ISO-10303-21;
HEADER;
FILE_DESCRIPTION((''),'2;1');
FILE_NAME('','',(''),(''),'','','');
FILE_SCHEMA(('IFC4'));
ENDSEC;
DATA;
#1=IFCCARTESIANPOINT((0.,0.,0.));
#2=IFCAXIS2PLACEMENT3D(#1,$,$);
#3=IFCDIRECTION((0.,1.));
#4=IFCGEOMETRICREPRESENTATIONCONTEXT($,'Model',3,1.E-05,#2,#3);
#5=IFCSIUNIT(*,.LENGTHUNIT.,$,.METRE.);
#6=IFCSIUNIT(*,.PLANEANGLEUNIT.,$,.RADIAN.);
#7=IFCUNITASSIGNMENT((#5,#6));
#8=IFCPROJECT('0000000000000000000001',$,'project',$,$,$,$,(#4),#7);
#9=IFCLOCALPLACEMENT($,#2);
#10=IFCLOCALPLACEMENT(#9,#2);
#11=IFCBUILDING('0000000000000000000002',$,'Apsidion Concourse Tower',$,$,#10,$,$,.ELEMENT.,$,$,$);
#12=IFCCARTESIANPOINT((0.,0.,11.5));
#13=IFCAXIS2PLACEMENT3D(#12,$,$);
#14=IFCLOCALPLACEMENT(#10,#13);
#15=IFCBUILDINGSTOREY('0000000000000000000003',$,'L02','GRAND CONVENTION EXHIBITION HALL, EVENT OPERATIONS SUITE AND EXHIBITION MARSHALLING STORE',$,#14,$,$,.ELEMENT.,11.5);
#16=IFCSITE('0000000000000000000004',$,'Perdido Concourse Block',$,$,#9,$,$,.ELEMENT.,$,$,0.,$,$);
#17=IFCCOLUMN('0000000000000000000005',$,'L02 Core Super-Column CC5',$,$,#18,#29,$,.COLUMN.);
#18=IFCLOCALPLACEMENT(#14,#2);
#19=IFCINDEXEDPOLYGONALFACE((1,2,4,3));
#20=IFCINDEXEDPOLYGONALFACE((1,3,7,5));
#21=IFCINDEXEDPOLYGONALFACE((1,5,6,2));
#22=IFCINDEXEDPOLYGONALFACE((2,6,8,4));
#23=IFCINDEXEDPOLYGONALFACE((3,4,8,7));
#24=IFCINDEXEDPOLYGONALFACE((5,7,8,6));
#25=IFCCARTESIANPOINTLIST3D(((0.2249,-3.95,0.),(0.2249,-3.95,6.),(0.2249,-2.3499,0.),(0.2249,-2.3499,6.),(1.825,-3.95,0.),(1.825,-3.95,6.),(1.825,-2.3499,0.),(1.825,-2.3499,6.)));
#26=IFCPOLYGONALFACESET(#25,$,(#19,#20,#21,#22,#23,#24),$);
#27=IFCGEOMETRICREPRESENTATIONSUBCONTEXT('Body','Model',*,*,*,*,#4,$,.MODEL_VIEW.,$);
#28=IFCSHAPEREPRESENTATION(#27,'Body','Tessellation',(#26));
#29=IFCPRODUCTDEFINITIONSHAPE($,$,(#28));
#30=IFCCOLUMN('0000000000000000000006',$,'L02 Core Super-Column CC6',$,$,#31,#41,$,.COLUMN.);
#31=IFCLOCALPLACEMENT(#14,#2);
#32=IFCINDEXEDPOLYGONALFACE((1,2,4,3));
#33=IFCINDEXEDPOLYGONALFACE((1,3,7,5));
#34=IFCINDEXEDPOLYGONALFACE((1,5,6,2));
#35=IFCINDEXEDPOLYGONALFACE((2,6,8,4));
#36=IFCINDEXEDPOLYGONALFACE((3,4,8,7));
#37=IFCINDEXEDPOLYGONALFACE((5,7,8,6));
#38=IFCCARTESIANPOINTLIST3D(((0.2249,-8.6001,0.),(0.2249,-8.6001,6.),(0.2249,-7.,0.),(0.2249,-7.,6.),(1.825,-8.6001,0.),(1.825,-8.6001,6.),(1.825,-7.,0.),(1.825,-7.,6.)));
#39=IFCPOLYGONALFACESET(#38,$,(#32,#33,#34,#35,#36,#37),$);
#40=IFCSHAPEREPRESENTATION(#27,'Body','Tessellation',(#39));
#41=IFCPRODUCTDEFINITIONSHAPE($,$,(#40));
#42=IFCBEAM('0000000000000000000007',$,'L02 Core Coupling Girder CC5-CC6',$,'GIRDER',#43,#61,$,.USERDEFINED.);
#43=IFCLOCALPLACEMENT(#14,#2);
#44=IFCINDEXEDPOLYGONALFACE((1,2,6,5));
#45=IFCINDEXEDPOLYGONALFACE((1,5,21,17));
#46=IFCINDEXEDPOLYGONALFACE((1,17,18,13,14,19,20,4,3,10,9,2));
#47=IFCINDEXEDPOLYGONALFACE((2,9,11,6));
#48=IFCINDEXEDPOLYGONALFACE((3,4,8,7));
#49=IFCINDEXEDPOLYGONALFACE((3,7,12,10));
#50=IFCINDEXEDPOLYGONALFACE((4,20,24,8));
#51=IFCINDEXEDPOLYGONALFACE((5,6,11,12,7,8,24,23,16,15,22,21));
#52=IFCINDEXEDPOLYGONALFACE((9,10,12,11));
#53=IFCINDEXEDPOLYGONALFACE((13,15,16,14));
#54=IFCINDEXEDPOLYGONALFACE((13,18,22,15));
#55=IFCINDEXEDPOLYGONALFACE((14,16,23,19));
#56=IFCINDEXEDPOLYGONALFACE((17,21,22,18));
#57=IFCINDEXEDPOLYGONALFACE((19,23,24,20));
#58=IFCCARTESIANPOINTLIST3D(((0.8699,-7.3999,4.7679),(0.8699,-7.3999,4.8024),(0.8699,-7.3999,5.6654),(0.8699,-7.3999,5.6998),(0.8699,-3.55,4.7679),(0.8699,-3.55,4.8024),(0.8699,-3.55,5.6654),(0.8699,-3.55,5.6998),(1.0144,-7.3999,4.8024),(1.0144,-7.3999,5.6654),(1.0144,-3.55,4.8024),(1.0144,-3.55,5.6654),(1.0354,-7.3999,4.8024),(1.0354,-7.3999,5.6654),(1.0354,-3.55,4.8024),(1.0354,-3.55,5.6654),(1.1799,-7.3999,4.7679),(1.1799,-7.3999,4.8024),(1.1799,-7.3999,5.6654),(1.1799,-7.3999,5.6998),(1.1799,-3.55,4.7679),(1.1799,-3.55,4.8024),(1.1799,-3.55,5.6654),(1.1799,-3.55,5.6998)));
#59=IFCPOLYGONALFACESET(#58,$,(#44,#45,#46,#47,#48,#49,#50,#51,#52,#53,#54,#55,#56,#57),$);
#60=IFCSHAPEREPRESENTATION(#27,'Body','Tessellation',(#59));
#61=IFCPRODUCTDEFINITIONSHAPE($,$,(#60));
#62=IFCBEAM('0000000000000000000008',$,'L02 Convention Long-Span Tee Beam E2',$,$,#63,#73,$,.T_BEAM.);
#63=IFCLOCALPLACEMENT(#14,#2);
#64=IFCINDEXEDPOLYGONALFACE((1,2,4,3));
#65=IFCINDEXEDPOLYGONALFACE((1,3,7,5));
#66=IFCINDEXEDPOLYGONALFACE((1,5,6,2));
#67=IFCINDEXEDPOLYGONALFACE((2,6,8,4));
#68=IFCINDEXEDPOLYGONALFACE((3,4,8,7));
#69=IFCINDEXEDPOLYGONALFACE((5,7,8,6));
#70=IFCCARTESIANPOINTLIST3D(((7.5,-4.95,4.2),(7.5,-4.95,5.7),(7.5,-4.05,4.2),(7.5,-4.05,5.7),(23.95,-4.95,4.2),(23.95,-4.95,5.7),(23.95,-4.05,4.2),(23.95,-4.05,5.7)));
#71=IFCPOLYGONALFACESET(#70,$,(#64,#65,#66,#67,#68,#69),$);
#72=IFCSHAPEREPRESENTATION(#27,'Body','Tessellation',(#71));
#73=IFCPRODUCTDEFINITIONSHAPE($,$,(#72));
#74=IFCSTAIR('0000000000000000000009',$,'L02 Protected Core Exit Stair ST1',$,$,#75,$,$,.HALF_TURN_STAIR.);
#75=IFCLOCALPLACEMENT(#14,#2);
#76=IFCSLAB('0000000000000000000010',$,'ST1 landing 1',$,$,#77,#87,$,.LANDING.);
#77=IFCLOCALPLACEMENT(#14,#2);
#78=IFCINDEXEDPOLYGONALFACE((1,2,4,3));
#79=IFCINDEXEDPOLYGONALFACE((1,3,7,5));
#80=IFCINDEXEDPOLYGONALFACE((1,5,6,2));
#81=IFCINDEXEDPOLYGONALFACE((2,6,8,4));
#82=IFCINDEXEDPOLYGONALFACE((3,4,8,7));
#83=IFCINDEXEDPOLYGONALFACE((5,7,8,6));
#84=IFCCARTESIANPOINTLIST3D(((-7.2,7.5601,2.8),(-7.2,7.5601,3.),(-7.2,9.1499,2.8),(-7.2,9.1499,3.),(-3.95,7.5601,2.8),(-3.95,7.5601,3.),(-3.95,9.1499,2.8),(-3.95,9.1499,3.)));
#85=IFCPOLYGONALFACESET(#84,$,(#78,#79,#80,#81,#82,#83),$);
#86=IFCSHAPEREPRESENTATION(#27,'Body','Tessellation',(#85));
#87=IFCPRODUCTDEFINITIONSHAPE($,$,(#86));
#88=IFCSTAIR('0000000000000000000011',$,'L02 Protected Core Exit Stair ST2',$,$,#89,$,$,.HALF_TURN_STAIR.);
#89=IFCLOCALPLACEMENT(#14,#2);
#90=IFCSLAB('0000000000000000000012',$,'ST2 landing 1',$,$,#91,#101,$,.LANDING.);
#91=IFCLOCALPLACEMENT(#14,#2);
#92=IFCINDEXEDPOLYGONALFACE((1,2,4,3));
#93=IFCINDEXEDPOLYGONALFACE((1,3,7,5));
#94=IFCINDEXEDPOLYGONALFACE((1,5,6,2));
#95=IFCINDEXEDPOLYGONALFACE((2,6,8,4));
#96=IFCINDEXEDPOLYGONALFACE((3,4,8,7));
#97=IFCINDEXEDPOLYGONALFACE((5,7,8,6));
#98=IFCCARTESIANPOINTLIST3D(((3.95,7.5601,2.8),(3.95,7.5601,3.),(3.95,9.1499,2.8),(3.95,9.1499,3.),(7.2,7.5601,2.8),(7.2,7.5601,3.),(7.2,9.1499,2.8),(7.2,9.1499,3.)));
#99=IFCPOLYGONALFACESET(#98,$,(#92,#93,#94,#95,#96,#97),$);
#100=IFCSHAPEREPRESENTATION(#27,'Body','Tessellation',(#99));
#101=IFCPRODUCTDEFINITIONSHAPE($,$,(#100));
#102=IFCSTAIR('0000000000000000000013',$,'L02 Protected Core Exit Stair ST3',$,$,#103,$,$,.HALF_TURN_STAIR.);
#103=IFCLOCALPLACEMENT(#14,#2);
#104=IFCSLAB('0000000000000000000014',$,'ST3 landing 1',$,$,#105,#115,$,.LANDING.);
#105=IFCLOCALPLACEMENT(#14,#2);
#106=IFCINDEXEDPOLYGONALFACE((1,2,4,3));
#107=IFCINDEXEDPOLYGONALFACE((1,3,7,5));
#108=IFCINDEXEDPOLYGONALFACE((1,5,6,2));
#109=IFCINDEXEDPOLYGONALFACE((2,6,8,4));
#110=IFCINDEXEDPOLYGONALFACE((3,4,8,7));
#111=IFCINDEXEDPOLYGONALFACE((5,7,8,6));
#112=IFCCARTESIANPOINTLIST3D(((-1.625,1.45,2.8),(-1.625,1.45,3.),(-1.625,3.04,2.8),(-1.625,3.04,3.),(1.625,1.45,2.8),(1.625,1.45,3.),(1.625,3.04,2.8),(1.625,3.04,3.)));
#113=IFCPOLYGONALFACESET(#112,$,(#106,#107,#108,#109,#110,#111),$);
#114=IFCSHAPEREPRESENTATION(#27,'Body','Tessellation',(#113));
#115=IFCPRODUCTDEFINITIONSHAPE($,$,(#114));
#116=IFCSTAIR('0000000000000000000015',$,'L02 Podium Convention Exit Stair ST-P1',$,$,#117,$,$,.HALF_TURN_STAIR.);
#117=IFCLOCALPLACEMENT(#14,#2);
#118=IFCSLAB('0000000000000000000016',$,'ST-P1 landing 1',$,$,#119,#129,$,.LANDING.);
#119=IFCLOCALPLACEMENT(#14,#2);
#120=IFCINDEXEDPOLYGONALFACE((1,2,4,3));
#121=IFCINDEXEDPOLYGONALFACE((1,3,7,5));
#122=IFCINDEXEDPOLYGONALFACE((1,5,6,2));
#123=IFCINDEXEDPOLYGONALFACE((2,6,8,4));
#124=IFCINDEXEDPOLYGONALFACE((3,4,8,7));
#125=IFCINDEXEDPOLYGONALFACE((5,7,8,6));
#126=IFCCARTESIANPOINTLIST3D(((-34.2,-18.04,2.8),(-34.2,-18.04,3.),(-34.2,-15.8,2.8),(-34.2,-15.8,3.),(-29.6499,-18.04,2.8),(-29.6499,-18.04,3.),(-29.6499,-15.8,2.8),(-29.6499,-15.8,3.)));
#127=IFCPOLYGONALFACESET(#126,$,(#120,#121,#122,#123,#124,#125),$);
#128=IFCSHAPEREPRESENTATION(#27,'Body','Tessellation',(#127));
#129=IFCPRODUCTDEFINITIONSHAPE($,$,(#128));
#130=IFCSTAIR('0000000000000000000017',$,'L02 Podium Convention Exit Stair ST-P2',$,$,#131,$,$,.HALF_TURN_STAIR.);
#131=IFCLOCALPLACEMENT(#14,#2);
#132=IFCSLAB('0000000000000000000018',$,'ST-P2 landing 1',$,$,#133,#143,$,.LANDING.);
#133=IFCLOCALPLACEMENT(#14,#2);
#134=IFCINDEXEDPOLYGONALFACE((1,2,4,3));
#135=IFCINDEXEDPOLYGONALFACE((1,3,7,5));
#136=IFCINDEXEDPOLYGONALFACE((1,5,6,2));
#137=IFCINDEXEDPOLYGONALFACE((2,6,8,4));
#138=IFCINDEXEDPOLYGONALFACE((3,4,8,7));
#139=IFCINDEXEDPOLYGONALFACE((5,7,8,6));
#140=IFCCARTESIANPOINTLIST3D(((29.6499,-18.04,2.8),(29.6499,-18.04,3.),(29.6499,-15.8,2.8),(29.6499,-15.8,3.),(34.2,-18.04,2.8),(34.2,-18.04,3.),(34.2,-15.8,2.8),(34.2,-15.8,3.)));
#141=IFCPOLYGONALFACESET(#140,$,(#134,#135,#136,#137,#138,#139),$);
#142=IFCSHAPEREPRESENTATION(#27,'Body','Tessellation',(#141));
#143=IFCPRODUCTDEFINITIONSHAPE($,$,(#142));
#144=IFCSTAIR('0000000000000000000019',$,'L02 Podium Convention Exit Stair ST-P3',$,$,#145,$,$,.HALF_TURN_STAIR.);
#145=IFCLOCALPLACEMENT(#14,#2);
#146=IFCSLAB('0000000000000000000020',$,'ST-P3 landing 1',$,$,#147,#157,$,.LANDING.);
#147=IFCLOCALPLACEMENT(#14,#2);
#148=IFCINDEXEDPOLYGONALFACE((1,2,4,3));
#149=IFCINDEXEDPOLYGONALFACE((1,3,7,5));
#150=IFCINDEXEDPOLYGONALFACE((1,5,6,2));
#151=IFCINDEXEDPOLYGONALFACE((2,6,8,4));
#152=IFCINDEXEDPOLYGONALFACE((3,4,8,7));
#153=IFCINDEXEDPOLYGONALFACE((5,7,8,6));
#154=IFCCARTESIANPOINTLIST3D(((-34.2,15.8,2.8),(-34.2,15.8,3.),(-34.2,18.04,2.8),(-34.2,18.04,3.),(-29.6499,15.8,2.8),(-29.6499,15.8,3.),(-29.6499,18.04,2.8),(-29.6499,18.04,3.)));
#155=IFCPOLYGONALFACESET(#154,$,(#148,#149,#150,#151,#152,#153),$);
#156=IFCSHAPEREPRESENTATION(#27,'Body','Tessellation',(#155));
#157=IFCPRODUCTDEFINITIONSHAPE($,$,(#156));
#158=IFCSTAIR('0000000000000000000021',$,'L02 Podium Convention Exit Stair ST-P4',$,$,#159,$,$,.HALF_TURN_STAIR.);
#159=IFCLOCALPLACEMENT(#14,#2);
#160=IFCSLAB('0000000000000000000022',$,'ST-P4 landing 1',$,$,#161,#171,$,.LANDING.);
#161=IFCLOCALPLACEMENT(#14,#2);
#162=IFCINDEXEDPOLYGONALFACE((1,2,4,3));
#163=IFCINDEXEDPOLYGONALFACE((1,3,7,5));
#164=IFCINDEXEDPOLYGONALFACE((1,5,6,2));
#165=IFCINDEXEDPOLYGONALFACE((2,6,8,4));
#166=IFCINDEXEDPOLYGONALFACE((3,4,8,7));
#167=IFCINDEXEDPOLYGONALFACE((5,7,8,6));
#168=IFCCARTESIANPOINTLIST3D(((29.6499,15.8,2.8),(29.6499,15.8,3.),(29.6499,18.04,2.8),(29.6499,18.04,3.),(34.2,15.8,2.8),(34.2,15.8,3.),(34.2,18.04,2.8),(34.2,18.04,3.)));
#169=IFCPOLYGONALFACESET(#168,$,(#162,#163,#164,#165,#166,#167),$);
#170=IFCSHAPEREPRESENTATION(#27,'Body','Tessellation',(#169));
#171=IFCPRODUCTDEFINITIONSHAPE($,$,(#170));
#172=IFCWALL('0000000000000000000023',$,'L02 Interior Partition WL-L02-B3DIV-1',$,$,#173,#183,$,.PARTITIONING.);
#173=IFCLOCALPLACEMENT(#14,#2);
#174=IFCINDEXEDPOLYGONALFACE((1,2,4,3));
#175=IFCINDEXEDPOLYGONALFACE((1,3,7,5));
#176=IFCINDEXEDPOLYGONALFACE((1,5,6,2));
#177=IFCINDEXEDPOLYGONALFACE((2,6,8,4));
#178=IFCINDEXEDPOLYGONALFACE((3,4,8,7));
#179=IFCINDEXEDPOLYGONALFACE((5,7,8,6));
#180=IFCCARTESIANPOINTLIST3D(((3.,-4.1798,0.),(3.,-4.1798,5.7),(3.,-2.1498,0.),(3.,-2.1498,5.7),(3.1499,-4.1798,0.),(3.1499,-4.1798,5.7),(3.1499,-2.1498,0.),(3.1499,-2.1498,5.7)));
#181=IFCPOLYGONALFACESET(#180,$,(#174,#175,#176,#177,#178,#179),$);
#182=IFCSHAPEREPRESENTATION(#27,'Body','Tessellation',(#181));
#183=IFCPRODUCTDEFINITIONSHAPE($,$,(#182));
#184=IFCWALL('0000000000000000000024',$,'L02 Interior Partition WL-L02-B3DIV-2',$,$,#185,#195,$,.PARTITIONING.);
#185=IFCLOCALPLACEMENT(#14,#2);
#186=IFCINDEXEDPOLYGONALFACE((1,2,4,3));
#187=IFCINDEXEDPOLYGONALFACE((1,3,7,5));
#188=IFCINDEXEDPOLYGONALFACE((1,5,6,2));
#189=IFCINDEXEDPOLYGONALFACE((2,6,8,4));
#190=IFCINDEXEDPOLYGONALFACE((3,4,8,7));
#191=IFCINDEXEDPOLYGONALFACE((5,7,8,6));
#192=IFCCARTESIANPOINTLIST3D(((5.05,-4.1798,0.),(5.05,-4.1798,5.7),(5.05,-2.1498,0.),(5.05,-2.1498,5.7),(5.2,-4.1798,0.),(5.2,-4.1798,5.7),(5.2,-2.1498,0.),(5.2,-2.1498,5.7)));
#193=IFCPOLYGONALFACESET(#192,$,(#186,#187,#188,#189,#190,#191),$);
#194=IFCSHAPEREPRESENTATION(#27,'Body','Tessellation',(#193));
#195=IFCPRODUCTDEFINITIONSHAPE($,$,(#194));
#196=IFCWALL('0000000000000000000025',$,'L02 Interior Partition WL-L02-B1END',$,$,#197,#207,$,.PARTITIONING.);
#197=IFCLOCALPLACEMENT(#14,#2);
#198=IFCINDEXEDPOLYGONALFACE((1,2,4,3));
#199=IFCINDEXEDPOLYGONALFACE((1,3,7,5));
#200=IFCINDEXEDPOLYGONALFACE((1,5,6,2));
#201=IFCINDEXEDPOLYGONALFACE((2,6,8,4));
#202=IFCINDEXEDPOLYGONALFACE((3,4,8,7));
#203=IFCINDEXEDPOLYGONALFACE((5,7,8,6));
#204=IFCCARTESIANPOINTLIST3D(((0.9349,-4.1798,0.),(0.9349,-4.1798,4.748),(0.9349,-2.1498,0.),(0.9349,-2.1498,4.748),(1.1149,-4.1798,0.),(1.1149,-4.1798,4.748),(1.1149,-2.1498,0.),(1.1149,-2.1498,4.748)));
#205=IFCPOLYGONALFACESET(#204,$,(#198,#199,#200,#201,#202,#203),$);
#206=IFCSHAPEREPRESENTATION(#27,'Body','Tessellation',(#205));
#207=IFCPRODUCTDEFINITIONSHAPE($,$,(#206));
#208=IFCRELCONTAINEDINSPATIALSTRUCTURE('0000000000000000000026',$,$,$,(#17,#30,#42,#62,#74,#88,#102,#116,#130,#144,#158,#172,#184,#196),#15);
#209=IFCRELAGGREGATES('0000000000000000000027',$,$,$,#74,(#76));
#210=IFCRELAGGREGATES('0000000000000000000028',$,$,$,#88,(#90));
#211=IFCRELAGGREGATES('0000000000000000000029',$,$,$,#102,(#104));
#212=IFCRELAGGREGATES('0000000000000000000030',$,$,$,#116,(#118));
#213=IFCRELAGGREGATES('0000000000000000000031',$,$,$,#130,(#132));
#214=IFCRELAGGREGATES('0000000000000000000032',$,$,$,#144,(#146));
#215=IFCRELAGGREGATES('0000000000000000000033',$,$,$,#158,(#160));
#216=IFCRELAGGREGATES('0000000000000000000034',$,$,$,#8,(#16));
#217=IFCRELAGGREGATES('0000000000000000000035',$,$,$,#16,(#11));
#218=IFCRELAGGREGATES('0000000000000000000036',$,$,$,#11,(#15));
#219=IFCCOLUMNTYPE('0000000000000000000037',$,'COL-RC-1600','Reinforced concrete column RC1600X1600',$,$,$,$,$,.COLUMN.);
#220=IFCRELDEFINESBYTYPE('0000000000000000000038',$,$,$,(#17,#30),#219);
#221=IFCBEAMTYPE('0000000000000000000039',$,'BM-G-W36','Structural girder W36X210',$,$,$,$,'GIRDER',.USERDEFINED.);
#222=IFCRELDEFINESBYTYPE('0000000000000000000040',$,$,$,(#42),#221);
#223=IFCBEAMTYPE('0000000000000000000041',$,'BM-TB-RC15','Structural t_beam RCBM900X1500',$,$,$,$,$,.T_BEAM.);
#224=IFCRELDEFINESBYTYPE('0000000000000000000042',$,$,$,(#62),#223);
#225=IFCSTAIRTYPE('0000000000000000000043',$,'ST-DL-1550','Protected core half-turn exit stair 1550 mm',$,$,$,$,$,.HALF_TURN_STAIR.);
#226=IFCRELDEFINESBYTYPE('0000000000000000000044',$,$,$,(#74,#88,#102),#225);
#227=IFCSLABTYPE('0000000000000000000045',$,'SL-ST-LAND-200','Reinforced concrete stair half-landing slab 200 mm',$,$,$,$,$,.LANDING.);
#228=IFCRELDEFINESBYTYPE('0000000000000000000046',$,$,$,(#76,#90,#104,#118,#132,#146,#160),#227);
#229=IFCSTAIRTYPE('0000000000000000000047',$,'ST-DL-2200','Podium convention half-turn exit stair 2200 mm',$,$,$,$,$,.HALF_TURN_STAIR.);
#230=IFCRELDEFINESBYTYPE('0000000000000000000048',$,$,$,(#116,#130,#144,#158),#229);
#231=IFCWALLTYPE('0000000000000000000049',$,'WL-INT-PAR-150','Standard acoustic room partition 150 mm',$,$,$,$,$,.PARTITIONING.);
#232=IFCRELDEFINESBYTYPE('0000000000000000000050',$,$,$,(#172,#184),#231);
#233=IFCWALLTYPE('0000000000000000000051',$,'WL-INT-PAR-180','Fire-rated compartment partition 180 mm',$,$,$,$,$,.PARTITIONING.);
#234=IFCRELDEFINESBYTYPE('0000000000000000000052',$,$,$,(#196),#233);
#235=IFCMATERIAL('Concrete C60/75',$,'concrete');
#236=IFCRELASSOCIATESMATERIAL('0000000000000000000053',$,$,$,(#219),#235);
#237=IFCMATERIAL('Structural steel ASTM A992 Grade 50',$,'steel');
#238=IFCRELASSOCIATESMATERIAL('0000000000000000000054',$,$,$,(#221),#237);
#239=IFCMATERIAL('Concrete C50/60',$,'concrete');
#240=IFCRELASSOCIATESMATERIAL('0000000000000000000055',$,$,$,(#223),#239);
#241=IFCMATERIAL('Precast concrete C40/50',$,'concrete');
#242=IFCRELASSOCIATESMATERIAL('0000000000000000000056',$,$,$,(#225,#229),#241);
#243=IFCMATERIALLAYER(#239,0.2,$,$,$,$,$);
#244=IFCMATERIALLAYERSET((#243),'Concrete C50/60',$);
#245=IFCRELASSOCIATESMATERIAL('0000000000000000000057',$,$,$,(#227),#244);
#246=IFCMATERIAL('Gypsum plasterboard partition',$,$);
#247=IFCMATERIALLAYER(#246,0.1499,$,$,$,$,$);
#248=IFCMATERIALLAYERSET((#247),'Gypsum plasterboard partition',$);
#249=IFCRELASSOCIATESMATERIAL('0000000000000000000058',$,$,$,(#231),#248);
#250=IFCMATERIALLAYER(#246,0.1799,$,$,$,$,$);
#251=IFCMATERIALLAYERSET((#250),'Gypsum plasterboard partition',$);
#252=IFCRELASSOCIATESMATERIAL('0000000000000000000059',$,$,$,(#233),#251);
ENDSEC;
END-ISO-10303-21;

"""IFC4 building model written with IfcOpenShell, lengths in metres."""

from ifc_helpers import new_model, si_unit, direction, frame, frame_2d, origin, origin_2d, place, context, subcontext, project, spatial, polyline, rectangle, i_section, outline, extrude, material, layer, layer_set, material_profile, profile_set, type_object, element, aggregate, save


model = new_model("IFC4")

# Units and contexts
model_context = context("Model", 3, precision=1e-05, world=origin(), true_north=direction((0.0, 1.0)))
body_context = subcontext(model_context, "Body", "Model", "MODEL_VIEW")
ifc_project = project(units=[si_unit("LENGTHUNIT", "METRE"), si_unit("PLANEANGLEUNIT", "RADIAN")], contexts=[model_context])

# Site, building, storey
site_placement = place(None, origin())
site = spatial("IfcSite", under=ifc_project, at=site_placement, Name="Perdido Concourse Block", CompositionType="ELEMENT", RefElevation=0.0)
building_placement = place(site_placement, origin())
building = spatial("IfcBuilding", under=site, at=building_placement, Name="Apsidion Concourse Tower", CompositionType="ELEMENT")
storey_placement = place(building_placement, frame((0.0, 0.0, 11.5)))
storey = spatial("IfcBuildingStorey", under=building, at=storey_placement, Name="L02", Description="GRAND CONVENTION EXHIBITION HALL, EVENT OPERATIONS SUITE AND EXHIBITION MARSHALLING STORE", CompositionType="ELEMENT", Elevation=11.5)

# Columns
ifc_material_1 = material(Name="Concrete C60/75", Category="concrete")
ifc_material_profile_1 = material_profile(ifc_material_1, rectangle(XDim=1.6001, YDim=1.6001, at=origin_2d()), Name="RC 1600x1600")
ifc_profile_set_1 = profile_set([ifc_material_profile_1], Name="Concrete C60/75")
column_type = type_object("IfcColumnType", Name="COL-RC-1600", Description="Reinforced concrete column RC1600X1600", PredefinedType="COLUMN", material=ifc_profile_set_1)
for number, where, z_axis, x_axis, name in (
    (1, (1.0249, -3.1499, 0.0), (0.0, 0.0, 1.0), (1.0, 0.0, 0.0), "L02 Core Super-Column CC5"),
    (2, (1.0249, -7.8, 0.0), (0.0, 0.0, 1.0), (1.0, 0.0, 0.0), "L02 Core Super-Column CC6"),
):
    element("IfcColumn", number, at=place(storey_placement, frame(where, z_axis=z_axis, x_axis=x_axis)), inside=storey, type_object=column_type, Name=name, PredefinedType="COLUMN", context=body_context, shape_type="SweptSolid", body=[
        extrude(rectangle(XDim=1.6001, YDim=1.6001, at=origin_2d()), origin(), (0.0, 0.0, 1.0), 6.0),
    ])

# Beams
ifc_material_2 = material(Name="Structural steel ASTM A992 Grade 50", Category="steel")
ifc_material_profile_2 = material_profile(ifc_material_2, i_section(OverallWidth=0.3101, OverallDepth=0.9319, WebThickness=0.021, FlangeThickness=0.0344, at=origin_2d()), Name="W36X210")
ifc_profile_set_2 = profile_set([ifc_material_profile_2], Name="Structural steel ASTM A992 Grade 50")
beam_type_1 = type_object("IfcBeamType", Name="BM-G-W36", Description="Structural girder W36X210", ElementType="GIRDER", PredefinedType="USERDEFINED", material=ifc_profile_set_2)
beam_1_placement = place(storey_placement, frame((1.0249, -3.55, 5.2339), z_axis=(0.0, -1.0, 0.0), x_axis=(1.0, 0.0, 0.0)))
element("IfcBeam", 3, at=beam_1_placement, inside=storey, type_object=beam_type_1, Name="L02 Core Coupling Girder CC5-CC6", ObjectType="GIRDER", PredefinedType="USERDEFINED", context=body_context, shape_type="SweptSolid", body=[
    extrude(i_section(OverallWidth=0.3101, OverallDepth=0.9319, WebThickness=0.021, FlangeThickness=0.0344, at=origin_2d()), origin(), (0.0, 0.0, 1.0), 3.8499),
])
ifc_material_3 = material(Name="Concrete C50/60", Category="concrete")
ifc_material_profile_3 = material_profile(ifc_material_3, rectangle(XDim=0.8999, YDim=1.5, at=origin_2d()), Name="RC 900x1500")
ifc_profile_set_3 = profile_set([ifc_material_profile_3], Name="Concrete C50/60")
beam_type_2 = type_object("IfcBeamType", Name="BM-TB-RC15", Description="Structural t_beam RCBM900X1500", PredefinedType="T_BEAM", material=ifc_profile_set_3)
beam_2_placement = place(storey_placement, frame((7.5, -4.5, 4.95), z_axis=(1.0, 0.0, 0.0), x_axis=(0.0, 1.0, 0.0)))
element("IfcBeam", 4, at=beam_2_placement, inside=storey, type_object=beam_type_2, Name="L02 Convention Long-Span Tee Beam E2", PredefinedType="T_BEAM", context=body_context, shape_type="SweptSolid", body=[
    extrude(rectangle(XDim=0.8999, YDim=1.5, at=origin_2d()), origin(), (0.0, 0.0, 1.0), 16.45),
])

# Stairs, slabs
ifc_material_4 = material(Name="Precast concrete C40/50", Category="concrete")
stair_type_1 = type_object("IfcStairType", Name="ST-DL-1550", Description="Protected core half-turn exit stair 1550 mm", PredefinedType="HALF_TURN_STAIR", material=ifc_material_4)
stair_1_placement = place(storey_placement, origin())
stair_1 = element("IfcStair", 5, at=stair_1_placement, inside=storey, type_object=stair_type_1, Name="L02 Protected Core Exit Stair ST1", PredefinedType="HALF_TURN_STAIR")
ifc_layer_1 = layer(ifc_material_3, 0.2)
ifc_layer_set_1 = layer_set([ifc_layer_1], Name="Concrete C50/60")
slab_type = type_object("IfcSlabType", Name="SL-ST-LAND-200", Description="Reinforced concrete stair half-landing slab 200 mm", PredefinedType="LANDING", material=ifc_layer_set_1)
slab_1_placement = place(storey_placement, frame((0.0, 0.0, 2.8)))
slab_1 = element("IfcSlab", 6, at=slab_1_placement, type_object=slab_type, Name="ST1 landing 1", PredefinedType="LANDING", context=body_context, shape_type="SweptSolid", body=[
    extrude(outline(polyline([(-3.95, 7.5601), (-3.95, 9.1499), (-7.2, 9.1499), (-7.2, 7.5601), (-3.95, 7.5601)])), origin(), (0.0, 0.0, 1.0), 0.2),
])
aggregate(stair_1, [slab_1])
stair_2_placement = place(storey_placement, origin())
stair_2 = element("IfcStair", 7, at=stair_2_placement, inside=storey, type_object=stair_type_1, Name="L02 Protected Core Exit Stair ST2", PredefinedType="HALF_TURN_STAIR")
slab_2_placement = place(storey_placement, frame((0.0, 0.0, 2.8)))
slab_2 = element("IfcSlab", 8, at=slab_2_placement, type_object=slab_type, Name="ST2 landing 1", PredefinedType="LANDING", context=body_context, shape_type="SweptSolid", body=[
    extrude(outline(polyline([(7.2, 7.5601), (7.2, 9.1499), (3.95, 9.1499), (3.95, 7.5601), (7.2, 7.5601)])), origin(), (0.0, 0.0, 1.0), 0.2),
])
aggregate(stair_2, [slab_2])
stair_3_placement = place(storey_placement, origin())
stair_3 = element("IfcStair", 9, at=stair_3_placement, inside=storey, type_object=stair_type_1, Name="L02 Protected Core Exit Stair ST3", PredefinedType="HALF_TURN_STAIR")
slab_3_placement = place(storey_placement, frame((0.0, 0.0, 2.8)))
slab_3 = element("IfcSlab", 10, at=slab_3_placement, type_object=slab_type, Name="ST3 landing 1", PredefinedType="LANDING", context=body_context, shape_type="SweptSolid", body=[
    extrude(outline(polyline([(-1.625, 3.04), (-1.625, 1.45), (1.625, 1.45), (1.625, 3.04), (-1.625, 3.04)])), origin(), (0.0, 0.0, 1.0), 0.2),
])
aggregate(stair_3, [slab_3])
stair_type_2 = type_object("IfcStairType", Name="ST-DL-2200", Description="Podium convention half-turn exit stair 2200 mm", PredefinedType="HALF_TURN_STAIR", material=ifc_material_4)
stair_4_placement = place(storey_placement, origin())
stair_4 = element("IfcStair", 11, at=stair_4_placement, inside=storey, type_object=stair_type_2, Name="L02 Podium Convention Exit Stair ST-P1", PredefinedType="HALF_TURN_STAIR")
slab_4_placement = place(storey_placement, frame((0.0, 0.0, 2.8)))
slab_4 = element("IfcSlab", 12, at=slab_4_placement, type_object=slab_type, Name="ST-P1 landing 1", PredefinedType="LANDING", context=body_context, shape_type="SweptSolid", body=[
    extrude(outline(polyline([(-29.6499, -18.04), (-29.6499, -15.8), (-34.2, -15.8), (-34.2, -18.04), (-29.6499, -18.04)])), origin(), (0.0, 0.0, 1.0), 0.2),
])
aggregate(stair_4, [slab_4])
stair_5_placement = place(storey_placement, origin())
stair_5 = element("IfcStair", 13, at=stair_5_placement, inside=storey, type_object=stair_type_2, Name="L02 Podium Convention Exit Stair ST-P2", PredefinedType="HALF_TURN_STAIR")
slab_5_placement = place(storey_placement, frame((0.0, 0.0, 2.8)))
slab_5 = element("IfcSlab", 14, at=slab_5_placement, type_object=slab_type, Name="ST-P2 landing 1", PredefinedType="LANDING", context=body_context, shape_type="SweptSolid", body=[
    extrude(outline(polyline([(34.2, -18.04), (34.2, -15.8), (29.6499, -15.8), (29.6499, -18.04), (34.2, -18.04)])), origin(), (0.0, 0.0, 1.0), 0.2),
])
aggregate(stair_5, [slab_5])
stair_6_placement = place(storey_placement, origin())
stair_6 = element("IfcStair", 15, at=stair_6_placement, inside=storey, type_object=stair_type_2, Name="L02 Podium Convention Exit Stair ST-P3", PredefinedType="HALF_TURN_STAIR")
slab_6_placement = place(storey_placement, frame((0.0, 0.0, 2.8)))
slab_6 = element("IfcSlab", 16, at=slab_6_placement, type_object=slab_type, Name="ST-P3 landing 1", PredefinedType="LANDING", context=body_context, shape_type="SweptSolid", body=[
    extrude(outline(polyline([(-34.2, 18.04), (-34.2, 15.8), (-29.6499, 15.8), (-29.6499, 18.04), (-34.2, 18.04)])), origin(), (0.0, 0.0, 1.0), 0.2),
])
aggregate(stair_6, [slab_6])
stair_7_placement = place(storey_placement, origin())
stair_7 = element("IfcStair", 17, at=stair_7_placement, inside=storey, type_object=stair_type_2, Name="L02 Podium Convention Exit Stair ST-P4", PredefinedType="HALF_TURN_STAIR")
slab_7_placement = place(storey_placement, frame((0.0, 0.0, 2.8)))
slab_7 = element("IfcSlab", 18, at=slab_7_placement, type_object=slab_type, Name="ST-P4 landing 1", PredefinedType="LANDING", context=body_context, shape_type="SweptSolid", body=[
    extrude(outline(polyline([(29.6499, 18.04), (29.6499, 15.8), (34.2, 15.8), (34.2, 18.04), (29.6499, 18.04)])), origin(), (0.0, 0.0, 1.0), 0.2),
])
aggregate(stair_7, [slab_7])

# Walls
ifc_material_5 = material(Name="Gypsum plasterboard partition")
ifc_layer_2 = layer(ifc_material_5, 0.1499)
ifc_layer_set_2 = layer_set([ifc_layer_2], Name="Gypsum plasterboard partition")
wall_type_1 = type_object("IfcWallType", Name="WL-INT-PAR-150", Description="Standard acoustic room partition 150 mm", PredefinedType="PARTITIONING", material=ifc_layer_set_2)
for number, where, z_axis, x_axis, name in (
    (19, (3.075, -4.1799, 0.0), (0.0, 0.0, 1.0), (0.0, 1.0, 0.0), "L02 Interior Partition WL-L02-B3DIV-1"),
    (20, (5.125, -4.1799, 0.0), (0.0, 0.0, 1.0), (0.0, 1.0, 0.0), "L02 Interior Partition WL-L02-B3DIV-2"),
):
    element("IfcWall", number, at=place(storey_placement, frame(where, z_axis=z_axis, x_axis=x_axis)), inside=storey, type_object=wall_type_1, Name=name, PredefinedType="PARTITIONING", context=body_context, shape_type="SweptSolid", body=[
        extrude(rectangle(XDim=2.03, YDim=0.1499, at=frame_2d((1.0151, 0.0))), origin(), (0.0, 0.0, 1.0), 5.7),
    ])
ifc_layer_3 = layer(ifc_material_5, 0.1799)
ifc_layer_set_3 = layer_set([ifc_layer_3], Name="Gypsum plasterboard partition")
wall_type_2 = type_object("IfcWallType", Name="WL-INT-PAR-180", Description="Fire-rated compartment partition 180 mm", PredefinedType="PARTITIONING", material=ifc_layer_set_3)
wall_1_placement = place(storey_placement, frame((1.0249, -4.1799, 0.0), z_axis=(0.0, 0.0, 1.0), x_axis=(0.0, 1.0, 0.0)))
element("IfcWall", 21, at=wall_1_placement, inside=storey, type_object=wall_type_2, Name="L02 Interior Partition WL-L02-B1END", PredefinedType="PARTITIONING", context=body_context, shape_type="SweptSolid", body=[
    extrude(rectangle(XDim=2.03, YDim=0.1799, at=frame_2d((1.0151, 0.0))), origin(), (0.0, 0.0, 1.0), 4.748),
])

save(model, "model.ifc")
